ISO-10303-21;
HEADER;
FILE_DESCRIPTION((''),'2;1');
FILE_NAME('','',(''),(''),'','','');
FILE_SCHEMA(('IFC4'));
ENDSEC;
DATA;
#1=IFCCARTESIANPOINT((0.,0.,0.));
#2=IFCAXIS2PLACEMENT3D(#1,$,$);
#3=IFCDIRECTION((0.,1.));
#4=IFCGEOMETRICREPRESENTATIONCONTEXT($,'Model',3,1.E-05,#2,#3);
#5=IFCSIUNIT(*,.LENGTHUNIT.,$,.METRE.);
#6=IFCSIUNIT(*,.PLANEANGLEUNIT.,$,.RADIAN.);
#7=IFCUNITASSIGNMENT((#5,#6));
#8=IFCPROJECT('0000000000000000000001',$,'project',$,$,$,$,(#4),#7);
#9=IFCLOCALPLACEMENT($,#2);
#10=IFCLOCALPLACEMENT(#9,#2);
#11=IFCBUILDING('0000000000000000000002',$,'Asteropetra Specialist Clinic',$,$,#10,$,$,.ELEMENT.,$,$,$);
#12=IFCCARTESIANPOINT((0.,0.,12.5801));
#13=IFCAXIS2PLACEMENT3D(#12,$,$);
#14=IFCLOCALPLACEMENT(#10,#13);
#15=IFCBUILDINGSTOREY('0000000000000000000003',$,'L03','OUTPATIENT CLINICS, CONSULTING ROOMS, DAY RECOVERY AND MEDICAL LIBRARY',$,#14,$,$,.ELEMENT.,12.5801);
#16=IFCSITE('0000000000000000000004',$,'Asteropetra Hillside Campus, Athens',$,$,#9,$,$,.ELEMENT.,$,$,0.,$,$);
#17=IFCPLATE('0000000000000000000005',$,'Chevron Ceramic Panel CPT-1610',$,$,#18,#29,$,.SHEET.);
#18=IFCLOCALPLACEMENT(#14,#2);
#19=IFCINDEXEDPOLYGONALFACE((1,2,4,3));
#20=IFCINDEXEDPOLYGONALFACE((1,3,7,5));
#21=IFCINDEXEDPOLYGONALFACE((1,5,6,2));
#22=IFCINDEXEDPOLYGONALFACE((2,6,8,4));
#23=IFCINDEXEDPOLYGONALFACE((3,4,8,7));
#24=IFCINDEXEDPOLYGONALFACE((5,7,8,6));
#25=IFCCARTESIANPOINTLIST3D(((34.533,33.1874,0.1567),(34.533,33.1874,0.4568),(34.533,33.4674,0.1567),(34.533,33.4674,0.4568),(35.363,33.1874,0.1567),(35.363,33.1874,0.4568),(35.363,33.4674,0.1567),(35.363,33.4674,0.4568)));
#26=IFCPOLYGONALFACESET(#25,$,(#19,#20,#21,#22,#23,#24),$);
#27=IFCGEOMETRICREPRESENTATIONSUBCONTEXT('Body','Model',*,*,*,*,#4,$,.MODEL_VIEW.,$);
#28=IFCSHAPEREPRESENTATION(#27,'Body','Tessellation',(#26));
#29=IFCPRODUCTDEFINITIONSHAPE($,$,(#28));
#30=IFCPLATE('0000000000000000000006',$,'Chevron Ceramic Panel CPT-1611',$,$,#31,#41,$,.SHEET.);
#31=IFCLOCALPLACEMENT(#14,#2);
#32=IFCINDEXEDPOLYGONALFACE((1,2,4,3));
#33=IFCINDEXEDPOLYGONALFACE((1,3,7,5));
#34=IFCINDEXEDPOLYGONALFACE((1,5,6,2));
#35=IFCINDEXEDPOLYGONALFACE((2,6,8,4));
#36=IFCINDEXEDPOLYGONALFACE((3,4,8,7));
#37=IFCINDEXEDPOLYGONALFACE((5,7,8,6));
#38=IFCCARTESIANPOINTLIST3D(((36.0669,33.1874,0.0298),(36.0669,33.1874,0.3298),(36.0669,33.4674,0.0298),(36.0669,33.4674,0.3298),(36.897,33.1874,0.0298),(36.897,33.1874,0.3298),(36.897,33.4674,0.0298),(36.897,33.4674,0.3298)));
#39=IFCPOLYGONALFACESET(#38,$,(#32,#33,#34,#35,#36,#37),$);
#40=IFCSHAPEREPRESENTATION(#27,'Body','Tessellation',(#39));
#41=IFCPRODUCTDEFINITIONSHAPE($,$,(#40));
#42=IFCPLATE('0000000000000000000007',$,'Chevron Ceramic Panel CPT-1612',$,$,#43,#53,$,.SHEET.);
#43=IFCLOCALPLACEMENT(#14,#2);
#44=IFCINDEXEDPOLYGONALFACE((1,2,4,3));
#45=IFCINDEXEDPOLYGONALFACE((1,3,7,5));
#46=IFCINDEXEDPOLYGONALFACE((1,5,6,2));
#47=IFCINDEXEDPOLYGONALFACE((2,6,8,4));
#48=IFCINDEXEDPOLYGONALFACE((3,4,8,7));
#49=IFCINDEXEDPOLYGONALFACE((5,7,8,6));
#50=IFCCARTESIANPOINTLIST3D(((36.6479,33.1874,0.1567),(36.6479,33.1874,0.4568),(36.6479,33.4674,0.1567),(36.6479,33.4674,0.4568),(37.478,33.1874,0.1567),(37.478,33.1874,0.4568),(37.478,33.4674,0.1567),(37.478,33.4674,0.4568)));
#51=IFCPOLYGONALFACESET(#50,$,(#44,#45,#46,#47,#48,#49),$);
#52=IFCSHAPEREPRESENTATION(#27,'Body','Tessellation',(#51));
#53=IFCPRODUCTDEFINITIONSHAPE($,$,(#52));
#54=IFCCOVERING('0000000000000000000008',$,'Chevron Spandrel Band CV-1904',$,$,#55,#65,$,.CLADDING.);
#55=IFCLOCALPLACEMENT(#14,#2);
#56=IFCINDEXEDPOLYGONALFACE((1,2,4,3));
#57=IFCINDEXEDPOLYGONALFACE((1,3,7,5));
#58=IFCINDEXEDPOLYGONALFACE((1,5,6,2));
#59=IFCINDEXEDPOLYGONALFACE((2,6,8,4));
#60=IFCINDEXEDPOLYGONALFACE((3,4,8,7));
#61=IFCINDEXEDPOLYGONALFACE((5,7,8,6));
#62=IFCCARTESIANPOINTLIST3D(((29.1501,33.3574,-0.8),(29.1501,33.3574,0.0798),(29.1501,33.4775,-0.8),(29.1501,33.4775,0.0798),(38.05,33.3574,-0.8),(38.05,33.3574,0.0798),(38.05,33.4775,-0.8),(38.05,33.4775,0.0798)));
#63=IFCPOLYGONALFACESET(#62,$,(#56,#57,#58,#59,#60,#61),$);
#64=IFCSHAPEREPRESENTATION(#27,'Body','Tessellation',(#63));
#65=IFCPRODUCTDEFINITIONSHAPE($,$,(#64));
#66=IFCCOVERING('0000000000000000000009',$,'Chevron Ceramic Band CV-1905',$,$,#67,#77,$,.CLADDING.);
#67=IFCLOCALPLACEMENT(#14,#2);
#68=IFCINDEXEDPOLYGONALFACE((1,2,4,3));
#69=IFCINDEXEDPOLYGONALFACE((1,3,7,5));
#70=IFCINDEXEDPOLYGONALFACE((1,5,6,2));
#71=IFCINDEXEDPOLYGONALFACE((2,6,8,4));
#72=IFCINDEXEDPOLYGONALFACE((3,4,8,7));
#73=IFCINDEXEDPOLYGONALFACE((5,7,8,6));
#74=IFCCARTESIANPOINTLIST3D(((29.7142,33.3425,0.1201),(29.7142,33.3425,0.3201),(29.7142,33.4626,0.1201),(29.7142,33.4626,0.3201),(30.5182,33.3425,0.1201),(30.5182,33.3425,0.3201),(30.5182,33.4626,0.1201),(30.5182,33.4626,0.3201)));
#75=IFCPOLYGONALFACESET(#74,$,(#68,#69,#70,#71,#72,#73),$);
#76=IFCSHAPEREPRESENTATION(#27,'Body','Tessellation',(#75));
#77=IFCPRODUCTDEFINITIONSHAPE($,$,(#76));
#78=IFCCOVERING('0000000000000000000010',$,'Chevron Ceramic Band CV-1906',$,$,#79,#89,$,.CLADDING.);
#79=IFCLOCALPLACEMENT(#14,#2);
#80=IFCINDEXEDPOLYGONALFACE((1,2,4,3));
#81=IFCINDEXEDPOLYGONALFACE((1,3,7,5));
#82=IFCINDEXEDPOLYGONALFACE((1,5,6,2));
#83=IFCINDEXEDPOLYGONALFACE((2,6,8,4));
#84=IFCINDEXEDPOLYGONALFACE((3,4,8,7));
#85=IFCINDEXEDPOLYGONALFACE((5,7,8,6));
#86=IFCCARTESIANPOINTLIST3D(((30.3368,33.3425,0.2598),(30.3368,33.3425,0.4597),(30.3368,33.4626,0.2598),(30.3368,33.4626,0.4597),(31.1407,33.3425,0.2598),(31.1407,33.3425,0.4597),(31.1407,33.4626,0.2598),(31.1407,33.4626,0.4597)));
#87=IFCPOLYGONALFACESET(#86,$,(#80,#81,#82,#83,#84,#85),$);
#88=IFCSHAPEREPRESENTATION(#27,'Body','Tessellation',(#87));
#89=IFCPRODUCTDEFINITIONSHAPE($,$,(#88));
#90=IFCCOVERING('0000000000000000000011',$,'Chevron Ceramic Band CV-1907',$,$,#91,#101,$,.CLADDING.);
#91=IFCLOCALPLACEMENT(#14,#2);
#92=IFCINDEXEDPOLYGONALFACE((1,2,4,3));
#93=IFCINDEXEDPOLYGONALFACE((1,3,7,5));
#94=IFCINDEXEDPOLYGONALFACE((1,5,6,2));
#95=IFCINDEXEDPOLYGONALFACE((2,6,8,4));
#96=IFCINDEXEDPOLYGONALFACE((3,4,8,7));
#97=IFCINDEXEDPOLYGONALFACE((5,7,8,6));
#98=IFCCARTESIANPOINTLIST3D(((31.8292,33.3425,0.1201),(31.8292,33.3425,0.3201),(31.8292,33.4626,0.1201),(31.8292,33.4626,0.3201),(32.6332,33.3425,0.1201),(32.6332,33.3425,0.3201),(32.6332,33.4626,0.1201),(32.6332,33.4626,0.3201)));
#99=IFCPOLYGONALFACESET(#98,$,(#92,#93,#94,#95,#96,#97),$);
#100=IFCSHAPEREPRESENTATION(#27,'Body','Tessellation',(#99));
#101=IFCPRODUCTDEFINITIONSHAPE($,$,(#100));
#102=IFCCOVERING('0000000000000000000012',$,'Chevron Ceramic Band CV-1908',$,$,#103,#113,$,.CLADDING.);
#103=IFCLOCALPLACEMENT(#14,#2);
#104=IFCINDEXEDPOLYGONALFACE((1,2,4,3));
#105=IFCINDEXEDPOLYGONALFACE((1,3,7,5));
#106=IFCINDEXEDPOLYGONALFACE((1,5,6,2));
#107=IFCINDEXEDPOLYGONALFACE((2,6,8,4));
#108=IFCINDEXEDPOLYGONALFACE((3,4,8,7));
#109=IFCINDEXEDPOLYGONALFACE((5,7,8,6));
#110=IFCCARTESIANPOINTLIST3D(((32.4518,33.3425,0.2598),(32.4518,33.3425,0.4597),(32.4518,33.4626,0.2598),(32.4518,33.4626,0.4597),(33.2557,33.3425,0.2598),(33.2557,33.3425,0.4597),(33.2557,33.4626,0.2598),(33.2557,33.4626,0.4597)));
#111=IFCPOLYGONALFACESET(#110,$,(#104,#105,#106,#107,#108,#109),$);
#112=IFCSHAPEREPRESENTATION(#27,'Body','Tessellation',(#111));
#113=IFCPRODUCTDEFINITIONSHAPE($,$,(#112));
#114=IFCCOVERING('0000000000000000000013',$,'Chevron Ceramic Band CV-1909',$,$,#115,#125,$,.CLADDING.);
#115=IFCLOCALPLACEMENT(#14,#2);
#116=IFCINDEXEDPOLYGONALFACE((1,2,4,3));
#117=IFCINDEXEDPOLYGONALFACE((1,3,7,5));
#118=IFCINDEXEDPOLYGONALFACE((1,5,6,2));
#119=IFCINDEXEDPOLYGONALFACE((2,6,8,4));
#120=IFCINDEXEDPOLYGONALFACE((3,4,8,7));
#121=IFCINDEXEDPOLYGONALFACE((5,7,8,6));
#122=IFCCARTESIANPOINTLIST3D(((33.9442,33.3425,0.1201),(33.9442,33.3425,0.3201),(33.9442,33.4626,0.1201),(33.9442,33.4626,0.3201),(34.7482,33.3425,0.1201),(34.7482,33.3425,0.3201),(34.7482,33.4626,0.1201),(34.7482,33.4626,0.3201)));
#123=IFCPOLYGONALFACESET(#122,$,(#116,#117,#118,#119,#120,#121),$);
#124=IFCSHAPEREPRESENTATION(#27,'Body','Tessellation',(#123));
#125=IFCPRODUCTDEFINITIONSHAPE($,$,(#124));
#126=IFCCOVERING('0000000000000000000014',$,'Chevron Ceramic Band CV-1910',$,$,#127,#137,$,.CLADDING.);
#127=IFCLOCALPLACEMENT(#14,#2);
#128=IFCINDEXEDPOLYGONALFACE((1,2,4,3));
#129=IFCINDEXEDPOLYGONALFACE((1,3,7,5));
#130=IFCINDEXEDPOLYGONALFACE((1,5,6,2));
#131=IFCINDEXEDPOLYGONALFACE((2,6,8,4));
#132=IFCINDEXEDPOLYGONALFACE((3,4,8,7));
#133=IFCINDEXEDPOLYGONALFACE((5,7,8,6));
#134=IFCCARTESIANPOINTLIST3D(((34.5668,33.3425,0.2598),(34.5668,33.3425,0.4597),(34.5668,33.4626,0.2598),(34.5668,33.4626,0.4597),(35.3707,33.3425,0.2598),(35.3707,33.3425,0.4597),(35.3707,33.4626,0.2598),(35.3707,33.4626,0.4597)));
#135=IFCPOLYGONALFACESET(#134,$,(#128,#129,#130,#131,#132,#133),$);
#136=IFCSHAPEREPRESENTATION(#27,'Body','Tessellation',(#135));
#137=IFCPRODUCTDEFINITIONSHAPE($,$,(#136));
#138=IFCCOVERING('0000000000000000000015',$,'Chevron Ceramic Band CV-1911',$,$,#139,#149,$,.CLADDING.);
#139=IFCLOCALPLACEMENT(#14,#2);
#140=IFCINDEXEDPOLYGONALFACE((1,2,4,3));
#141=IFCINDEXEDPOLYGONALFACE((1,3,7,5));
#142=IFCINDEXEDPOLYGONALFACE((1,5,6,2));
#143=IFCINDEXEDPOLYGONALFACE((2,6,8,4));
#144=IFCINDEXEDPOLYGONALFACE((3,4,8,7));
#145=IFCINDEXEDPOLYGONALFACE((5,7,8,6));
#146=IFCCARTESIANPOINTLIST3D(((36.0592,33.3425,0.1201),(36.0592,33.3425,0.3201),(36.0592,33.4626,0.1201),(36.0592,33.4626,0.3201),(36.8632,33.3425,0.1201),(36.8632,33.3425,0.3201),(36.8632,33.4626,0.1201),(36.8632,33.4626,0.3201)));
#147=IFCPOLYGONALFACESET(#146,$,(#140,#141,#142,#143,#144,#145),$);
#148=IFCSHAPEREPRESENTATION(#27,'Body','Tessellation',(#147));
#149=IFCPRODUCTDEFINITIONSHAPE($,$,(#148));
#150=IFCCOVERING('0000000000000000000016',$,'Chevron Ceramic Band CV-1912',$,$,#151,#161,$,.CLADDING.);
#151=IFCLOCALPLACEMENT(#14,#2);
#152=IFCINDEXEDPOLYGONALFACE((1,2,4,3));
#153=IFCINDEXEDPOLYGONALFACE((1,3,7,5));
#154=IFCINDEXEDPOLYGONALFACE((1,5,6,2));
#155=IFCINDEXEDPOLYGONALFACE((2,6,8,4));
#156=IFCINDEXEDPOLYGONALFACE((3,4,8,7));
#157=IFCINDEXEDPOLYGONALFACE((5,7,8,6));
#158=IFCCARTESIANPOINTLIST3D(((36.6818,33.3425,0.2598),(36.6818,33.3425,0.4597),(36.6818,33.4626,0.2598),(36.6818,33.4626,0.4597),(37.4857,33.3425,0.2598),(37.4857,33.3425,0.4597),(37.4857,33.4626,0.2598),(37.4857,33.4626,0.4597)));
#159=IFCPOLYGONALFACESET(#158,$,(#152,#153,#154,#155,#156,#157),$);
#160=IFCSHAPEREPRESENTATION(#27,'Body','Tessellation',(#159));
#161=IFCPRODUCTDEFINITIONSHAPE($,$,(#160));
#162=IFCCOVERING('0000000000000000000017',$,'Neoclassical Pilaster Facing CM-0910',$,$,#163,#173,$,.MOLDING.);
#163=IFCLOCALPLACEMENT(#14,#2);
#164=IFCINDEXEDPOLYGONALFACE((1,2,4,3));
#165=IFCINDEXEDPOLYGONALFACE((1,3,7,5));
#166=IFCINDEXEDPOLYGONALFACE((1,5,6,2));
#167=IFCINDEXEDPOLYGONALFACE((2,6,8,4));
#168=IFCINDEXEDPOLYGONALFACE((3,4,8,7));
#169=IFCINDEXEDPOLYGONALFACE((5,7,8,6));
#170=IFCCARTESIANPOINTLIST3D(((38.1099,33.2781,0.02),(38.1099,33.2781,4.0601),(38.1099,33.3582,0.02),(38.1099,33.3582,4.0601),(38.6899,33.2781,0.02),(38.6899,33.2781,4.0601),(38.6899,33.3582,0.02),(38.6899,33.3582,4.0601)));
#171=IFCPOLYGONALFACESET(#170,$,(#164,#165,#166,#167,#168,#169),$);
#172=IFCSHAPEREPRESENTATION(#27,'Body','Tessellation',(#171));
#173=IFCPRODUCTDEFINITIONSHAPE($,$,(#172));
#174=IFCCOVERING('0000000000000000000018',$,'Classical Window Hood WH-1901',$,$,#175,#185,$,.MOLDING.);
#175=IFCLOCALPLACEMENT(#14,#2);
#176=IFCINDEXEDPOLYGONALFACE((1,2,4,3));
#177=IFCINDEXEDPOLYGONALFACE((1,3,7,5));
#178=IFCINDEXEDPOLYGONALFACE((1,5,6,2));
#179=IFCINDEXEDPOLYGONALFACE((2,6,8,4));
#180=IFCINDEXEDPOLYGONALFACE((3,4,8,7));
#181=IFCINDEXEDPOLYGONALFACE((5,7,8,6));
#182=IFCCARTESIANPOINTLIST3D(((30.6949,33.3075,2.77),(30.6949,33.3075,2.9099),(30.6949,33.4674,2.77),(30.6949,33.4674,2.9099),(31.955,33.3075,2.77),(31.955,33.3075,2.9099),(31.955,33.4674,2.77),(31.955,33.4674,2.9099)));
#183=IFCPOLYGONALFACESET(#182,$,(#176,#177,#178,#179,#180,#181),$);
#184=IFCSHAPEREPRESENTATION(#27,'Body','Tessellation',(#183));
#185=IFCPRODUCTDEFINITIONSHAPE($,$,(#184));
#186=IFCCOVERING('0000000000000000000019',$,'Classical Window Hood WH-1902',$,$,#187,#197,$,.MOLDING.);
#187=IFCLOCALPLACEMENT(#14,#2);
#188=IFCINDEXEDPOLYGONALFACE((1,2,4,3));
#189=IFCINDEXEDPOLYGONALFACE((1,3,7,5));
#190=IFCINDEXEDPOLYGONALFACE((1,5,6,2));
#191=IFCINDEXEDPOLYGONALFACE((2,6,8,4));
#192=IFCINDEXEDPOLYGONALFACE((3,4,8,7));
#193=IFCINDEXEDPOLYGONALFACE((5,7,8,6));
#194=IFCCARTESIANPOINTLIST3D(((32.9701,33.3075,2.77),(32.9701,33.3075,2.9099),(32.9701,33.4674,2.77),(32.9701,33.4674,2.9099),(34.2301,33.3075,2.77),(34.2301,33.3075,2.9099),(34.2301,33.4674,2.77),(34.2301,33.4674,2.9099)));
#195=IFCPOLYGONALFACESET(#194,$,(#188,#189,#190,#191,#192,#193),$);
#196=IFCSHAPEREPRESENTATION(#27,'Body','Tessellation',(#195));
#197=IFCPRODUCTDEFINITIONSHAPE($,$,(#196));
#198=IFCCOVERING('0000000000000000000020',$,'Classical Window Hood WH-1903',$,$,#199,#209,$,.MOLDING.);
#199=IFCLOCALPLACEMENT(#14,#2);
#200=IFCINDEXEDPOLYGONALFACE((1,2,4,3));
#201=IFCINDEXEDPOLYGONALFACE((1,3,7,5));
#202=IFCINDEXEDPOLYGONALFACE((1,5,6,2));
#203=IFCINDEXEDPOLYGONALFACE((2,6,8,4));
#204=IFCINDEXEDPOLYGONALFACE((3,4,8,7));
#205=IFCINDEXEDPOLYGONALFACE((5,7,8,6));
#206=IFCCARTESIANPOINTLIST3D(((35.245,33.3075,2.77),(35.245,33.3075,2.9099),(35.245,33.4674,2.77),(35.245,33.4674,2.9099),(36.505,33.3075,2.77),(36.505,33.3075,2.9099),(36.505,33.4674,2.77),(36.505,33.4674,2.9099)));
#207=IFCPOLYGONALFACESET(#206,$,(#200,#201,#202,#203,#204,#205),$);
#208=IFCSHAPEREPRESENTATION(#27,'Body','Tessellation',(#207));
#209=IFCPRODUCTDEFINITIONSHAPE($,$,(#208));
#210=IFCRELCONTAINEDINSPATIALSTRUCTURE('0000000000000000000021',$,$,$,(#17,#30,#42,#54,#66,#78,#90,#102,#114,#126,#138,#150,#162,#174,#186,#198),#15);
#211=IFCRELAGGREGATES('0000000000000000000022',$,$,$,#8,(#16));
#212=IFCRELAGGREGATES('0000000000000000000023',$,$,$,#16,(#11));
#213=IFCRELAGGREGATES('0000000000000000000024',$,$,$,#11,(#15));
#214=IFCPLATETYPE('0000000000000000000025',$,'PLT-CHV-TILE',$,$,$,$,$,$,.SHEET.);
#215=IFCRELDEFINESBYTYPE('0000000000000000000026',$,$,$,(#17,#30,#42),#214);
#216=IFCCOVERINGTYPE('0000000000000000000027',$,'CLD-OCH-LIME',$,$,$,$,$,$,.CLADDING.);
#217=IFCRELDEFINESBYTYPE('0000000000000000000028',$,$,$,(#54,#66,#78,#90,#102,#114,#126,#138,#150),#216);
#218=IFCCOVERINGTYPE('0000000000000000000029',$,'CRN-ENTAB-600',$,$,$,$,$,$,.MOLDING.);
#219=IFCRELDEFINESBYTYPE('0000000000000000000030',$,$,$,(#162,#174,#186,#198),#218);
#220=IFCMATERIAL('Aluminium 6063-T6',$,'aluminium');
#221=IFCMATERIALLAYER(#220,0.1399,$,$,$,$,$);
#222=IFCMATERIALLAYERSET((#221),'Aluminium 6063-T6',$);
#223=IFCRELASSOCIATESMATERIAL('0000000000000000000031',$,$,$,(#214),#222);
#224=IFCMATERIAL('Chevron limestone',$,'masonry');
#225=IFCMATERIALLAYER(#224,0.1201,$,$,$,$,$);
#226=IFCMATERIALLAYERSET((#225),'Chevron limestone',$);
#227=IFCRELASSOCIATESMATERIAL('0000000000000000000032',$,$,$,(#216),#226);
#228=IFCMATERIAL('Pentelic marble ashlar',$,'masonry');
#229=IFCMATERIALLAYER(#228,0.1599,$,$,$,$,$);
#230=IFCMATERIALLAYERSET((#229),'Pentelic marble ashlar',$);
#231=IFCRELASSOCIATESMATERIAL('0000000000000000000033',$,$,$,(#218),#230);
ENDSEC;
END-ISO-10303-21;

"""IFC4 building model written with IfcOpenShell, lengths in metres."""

from ifc_helpers import new_model, si_unit, direction, frame, origin, origin_2d, place, context, subcontext, project, spatial, rectangle, extrude, material, layer, layer_set, type_object, element, save


model = new_model("IFC4")

# Units and contexts
model_context = context("Model", 3, precision=1e-05, world=origin(), true_north=direction((0.0, 1.0)))
body_context = subcontext(model_context, "Body", "Model", "MODEL_VIEW")
ifc_project = project(units=[si_unit("LENGTHUNIT", "METRE"), si_unit("PLANEANGLEUNIT", "RADIAN")], contexts=[model_context])

# Site, building, storey
site_placement = place(None, origin())
site = spatial("IfcSite", under=ifc_project, at=site_placement, Name="Asteropetra Hillside Campus, Athens", CompositionType="ELEMENT", RefElevation=0.0)
building_placement = place(site_placement, origin())
building = spatial("IfcBuilding", under=site, at=building_placement, Name="Asteropetra Specialist Clinic", CompositionType="ELEMENT")
storey_placement = place(building_placement, frame((0.0, 0.0, 12.5801)))
storey = spatial("IfcBuildingStorey", under=building, at=storey_placement, Name="L03", Description="OUTPATIENT CLINICS, CONSULTING ROOMS, DAY RECOVERY AND MEDICAL LIBRARY", CompositionType="ELEMENT", Elevation=12.5801)

# Plates
ifc_material_1 = material(Name="Aluminium 6063-T6", Category="aluminium")
ifc_layer_1 = layer(ifc_material_1, 0.1399)
ifc_layer_set_1 = layer_set([ifc_layer_1], Name="Aluminium 6063-T6")
plate_type_1 = type_object("IfcPlateType", Name="PLT-CHV-TILE", PredefinedType="SHEET", material=ifc_layer_set_1)
for number, where, z_axis, x_axis, name in (
    (1, (34.948, 33.3274, 0.1567), (0.0, 0.0, 1.0), (1.0, 0.0, 0.0), "Chevron Ceramic Panel CPT-1610"),
    (2, (36.4819, 33.3274, 0.0298), (0.0, 0.0, 1.0), (1.0, 0.0, 0.0), "Chevron Ceramic Panel CPT-1611"),
    (3, (37.063, 33.3274, 0.1567), (0.0, 0.0, 1.0), (1.0, 0.0, 0.0), "Chevron Ceramic Panel CPT-1612"),
):
    element("IfcPlate", number, at=place(storey_placement, frame(where, z_axis=z_axis, x_axis=x_axis)), inside=storey, type_object=plate_type_1, Name=name, PredefinedType="SHEET", context=body_context, shape_type="SweptSolid", body=[
        extrude(rectangle(XDim=0.8301, YDim=0.28, at=origin_2d()), origin(), (0.0, 0.0, 1.0), 0.3),
    ])

# Coverings
ifc_material_2 = material(Name="Chevron limestone", Category="masonry")
ifc_layer_2 = layer(ifc_material_2, 0.1201)
ifc_layer_set_2 = layer_set([ifc_layer_2], Name="Chevron limestone")
covering_type_1 = type_object("IfcCoveringType", Name="CLD-OCH-LIME", PredefinedType="CLADDING", material=ifc_layer_set_2)
covering_1_placement = place(storey_placement, frame((33.6001, 33.4175, -0.8), z_axis=(0.0, 0.0, 1.0), x_axis=(1.0, 0.0, 0.0)))
element("IfcCovering", 4, at=covering_1_placement, inside=storey, type_object=covering_type_1, Name="Chevron Spandrel Band CV-1904", PredefinedType="CLADDING", context=body_context, shape_type="SweptSolid", body=[
    extrude(rectangle(XDim=8.8999, YDim=0.1201, at=origin_2d()), origin(), (0.0, 0.0, 1.0), 0.8799),
])
for number, where, z_axis, x_axis, name in (
    (5, (30.1162, 33.4026, 0.1201), (0.0, 0.0, 1.0), (1.0, 0.0, 0.0), "Chevron Ceramic Band CV-1905"),
    (6, (30.7388, 33.4026, 0.2598), (0.0, 0.0, 1.0), (1.0, 0.0, 0.0), "Chevron Ceramic Band CV-1906"),
    (7, (32.2312, 33.4026, 0.1201), (0.0, 0.0, 1.0), (1.0, 0.0, 0.0), "Chevron Ceramic Band CV-1907"),
    (8, (32.8538, 33.4026, 0.2598), (0.0, 0.0, 1.0), (1.0, 0.0, 0.0), "Chevron Ceramic Band CV-1908"),
    (9, (34.3462, 33.4026, 0.1201), (0.0, 0.0, 1.0), (1.0, 0.0, 0.0), "Chevron Ceramic Band CV-1909"),
    (10, (34.9688, 33.4026, 0.2598), (0.0, 0.0, 1.0), (1.0, 0.0, 0.0), "Chevron Ceramic Band CV-1910"),
    (11, (36.4612, 33.4026, 0.1201), (0.0, 0.0, 1.0), (1.0, 0.0, 0.0), "Chevron Ceramic Band CV-1911"),
    (12, (37.0837, 33.4026, 0.2598), (0.0, 0.0, 1.0), (1.0, 0.0, 0.0), "Chevron Ceramic Band CV-1912"),
):
    element("IfcCovering", number, at=place(storey_placement, frame(where, z_axis=z_axis, x_axis=x_axis)), inside=storey, type_object=covering_type_1, Name=name, PredefinedType="CLADDING", context=body_context, shape_type="SweptSolid", body=[
        extrude(rectangle(XDim=0.804, YDim=0.1201, at=origin_2d()), origin(), (0.0, 0.0, 1.0), 0.2),
    ])
ifc_material_3 = material(Name="Pentelic marble ashlar", Category="masonry")
ifc_layer_3 = layer(ifc_material_3, 0.1599)
ifc_layer_set_3 = layer_set([ifc_layer_3], Name="Pentelic marble ashlar")
covering_type_2 = type_object("IfcCoveringType", Name="CRN-ENTAB-600", PredefinedType="MOLDING", material=ifc_layer_set_3)
covering_2_placement = place(storey_placement, frame((38.3999, 33.3181, 0.02), z_axis=(0.0, 0.0, 1.0), x_axis=(1.0, 0.0, 0.0)))
element("IfcCovering", 13, at=covering_2_placement, inside=storey, type_object=covering_type_2, Name="Neoclassical Pilaster Facing CM-0910", PredefinedType="MOLDING", context=body_context, shape_type="SweptSolid", body=[
    extrude(rectangle(XDim=0.5801, YDim=0.0801, at=origin_2d()), origin(), (0.0, 0.0, 1.0), 4.04),
])
for number, where, z_axis, x_axis, name in (
    (14, (31.325, 33.3875, 2.77), (0.0, 0.0, 1.0), (1.0, 0.0, 0.0), "Classical Window Hood WH-1901"),
    (15, (33.6001, 33.3875, 2.77), (0.0, 0.0, 1.0), (1.0, 0.0, 0.0), "Classical Window Hood WH-1902"),
    (16, (35.875, 33.3875, 2.77), (0.0, 0.0, 1.0), (1.0, 0.0, 0.0), "Classical Window Hood WH-1903"),
):
    element("IfcCovering", number, at=place(storey_placement, frame(where, z_axis=z_axis, x_axis=x_axis)), inside=storey, type_object=covering_type_2, Name=name, PredefinedType="MOLDING", context=body_context, shape_type="SweptSolid", body=[
        extrude(rectangle(XDim=1.26, YDim=0.1599, at=origin_2d()), origin(), (0.0, 0.0, 1.0), 0.1399),
    ])

save(model, "model.ifc")
